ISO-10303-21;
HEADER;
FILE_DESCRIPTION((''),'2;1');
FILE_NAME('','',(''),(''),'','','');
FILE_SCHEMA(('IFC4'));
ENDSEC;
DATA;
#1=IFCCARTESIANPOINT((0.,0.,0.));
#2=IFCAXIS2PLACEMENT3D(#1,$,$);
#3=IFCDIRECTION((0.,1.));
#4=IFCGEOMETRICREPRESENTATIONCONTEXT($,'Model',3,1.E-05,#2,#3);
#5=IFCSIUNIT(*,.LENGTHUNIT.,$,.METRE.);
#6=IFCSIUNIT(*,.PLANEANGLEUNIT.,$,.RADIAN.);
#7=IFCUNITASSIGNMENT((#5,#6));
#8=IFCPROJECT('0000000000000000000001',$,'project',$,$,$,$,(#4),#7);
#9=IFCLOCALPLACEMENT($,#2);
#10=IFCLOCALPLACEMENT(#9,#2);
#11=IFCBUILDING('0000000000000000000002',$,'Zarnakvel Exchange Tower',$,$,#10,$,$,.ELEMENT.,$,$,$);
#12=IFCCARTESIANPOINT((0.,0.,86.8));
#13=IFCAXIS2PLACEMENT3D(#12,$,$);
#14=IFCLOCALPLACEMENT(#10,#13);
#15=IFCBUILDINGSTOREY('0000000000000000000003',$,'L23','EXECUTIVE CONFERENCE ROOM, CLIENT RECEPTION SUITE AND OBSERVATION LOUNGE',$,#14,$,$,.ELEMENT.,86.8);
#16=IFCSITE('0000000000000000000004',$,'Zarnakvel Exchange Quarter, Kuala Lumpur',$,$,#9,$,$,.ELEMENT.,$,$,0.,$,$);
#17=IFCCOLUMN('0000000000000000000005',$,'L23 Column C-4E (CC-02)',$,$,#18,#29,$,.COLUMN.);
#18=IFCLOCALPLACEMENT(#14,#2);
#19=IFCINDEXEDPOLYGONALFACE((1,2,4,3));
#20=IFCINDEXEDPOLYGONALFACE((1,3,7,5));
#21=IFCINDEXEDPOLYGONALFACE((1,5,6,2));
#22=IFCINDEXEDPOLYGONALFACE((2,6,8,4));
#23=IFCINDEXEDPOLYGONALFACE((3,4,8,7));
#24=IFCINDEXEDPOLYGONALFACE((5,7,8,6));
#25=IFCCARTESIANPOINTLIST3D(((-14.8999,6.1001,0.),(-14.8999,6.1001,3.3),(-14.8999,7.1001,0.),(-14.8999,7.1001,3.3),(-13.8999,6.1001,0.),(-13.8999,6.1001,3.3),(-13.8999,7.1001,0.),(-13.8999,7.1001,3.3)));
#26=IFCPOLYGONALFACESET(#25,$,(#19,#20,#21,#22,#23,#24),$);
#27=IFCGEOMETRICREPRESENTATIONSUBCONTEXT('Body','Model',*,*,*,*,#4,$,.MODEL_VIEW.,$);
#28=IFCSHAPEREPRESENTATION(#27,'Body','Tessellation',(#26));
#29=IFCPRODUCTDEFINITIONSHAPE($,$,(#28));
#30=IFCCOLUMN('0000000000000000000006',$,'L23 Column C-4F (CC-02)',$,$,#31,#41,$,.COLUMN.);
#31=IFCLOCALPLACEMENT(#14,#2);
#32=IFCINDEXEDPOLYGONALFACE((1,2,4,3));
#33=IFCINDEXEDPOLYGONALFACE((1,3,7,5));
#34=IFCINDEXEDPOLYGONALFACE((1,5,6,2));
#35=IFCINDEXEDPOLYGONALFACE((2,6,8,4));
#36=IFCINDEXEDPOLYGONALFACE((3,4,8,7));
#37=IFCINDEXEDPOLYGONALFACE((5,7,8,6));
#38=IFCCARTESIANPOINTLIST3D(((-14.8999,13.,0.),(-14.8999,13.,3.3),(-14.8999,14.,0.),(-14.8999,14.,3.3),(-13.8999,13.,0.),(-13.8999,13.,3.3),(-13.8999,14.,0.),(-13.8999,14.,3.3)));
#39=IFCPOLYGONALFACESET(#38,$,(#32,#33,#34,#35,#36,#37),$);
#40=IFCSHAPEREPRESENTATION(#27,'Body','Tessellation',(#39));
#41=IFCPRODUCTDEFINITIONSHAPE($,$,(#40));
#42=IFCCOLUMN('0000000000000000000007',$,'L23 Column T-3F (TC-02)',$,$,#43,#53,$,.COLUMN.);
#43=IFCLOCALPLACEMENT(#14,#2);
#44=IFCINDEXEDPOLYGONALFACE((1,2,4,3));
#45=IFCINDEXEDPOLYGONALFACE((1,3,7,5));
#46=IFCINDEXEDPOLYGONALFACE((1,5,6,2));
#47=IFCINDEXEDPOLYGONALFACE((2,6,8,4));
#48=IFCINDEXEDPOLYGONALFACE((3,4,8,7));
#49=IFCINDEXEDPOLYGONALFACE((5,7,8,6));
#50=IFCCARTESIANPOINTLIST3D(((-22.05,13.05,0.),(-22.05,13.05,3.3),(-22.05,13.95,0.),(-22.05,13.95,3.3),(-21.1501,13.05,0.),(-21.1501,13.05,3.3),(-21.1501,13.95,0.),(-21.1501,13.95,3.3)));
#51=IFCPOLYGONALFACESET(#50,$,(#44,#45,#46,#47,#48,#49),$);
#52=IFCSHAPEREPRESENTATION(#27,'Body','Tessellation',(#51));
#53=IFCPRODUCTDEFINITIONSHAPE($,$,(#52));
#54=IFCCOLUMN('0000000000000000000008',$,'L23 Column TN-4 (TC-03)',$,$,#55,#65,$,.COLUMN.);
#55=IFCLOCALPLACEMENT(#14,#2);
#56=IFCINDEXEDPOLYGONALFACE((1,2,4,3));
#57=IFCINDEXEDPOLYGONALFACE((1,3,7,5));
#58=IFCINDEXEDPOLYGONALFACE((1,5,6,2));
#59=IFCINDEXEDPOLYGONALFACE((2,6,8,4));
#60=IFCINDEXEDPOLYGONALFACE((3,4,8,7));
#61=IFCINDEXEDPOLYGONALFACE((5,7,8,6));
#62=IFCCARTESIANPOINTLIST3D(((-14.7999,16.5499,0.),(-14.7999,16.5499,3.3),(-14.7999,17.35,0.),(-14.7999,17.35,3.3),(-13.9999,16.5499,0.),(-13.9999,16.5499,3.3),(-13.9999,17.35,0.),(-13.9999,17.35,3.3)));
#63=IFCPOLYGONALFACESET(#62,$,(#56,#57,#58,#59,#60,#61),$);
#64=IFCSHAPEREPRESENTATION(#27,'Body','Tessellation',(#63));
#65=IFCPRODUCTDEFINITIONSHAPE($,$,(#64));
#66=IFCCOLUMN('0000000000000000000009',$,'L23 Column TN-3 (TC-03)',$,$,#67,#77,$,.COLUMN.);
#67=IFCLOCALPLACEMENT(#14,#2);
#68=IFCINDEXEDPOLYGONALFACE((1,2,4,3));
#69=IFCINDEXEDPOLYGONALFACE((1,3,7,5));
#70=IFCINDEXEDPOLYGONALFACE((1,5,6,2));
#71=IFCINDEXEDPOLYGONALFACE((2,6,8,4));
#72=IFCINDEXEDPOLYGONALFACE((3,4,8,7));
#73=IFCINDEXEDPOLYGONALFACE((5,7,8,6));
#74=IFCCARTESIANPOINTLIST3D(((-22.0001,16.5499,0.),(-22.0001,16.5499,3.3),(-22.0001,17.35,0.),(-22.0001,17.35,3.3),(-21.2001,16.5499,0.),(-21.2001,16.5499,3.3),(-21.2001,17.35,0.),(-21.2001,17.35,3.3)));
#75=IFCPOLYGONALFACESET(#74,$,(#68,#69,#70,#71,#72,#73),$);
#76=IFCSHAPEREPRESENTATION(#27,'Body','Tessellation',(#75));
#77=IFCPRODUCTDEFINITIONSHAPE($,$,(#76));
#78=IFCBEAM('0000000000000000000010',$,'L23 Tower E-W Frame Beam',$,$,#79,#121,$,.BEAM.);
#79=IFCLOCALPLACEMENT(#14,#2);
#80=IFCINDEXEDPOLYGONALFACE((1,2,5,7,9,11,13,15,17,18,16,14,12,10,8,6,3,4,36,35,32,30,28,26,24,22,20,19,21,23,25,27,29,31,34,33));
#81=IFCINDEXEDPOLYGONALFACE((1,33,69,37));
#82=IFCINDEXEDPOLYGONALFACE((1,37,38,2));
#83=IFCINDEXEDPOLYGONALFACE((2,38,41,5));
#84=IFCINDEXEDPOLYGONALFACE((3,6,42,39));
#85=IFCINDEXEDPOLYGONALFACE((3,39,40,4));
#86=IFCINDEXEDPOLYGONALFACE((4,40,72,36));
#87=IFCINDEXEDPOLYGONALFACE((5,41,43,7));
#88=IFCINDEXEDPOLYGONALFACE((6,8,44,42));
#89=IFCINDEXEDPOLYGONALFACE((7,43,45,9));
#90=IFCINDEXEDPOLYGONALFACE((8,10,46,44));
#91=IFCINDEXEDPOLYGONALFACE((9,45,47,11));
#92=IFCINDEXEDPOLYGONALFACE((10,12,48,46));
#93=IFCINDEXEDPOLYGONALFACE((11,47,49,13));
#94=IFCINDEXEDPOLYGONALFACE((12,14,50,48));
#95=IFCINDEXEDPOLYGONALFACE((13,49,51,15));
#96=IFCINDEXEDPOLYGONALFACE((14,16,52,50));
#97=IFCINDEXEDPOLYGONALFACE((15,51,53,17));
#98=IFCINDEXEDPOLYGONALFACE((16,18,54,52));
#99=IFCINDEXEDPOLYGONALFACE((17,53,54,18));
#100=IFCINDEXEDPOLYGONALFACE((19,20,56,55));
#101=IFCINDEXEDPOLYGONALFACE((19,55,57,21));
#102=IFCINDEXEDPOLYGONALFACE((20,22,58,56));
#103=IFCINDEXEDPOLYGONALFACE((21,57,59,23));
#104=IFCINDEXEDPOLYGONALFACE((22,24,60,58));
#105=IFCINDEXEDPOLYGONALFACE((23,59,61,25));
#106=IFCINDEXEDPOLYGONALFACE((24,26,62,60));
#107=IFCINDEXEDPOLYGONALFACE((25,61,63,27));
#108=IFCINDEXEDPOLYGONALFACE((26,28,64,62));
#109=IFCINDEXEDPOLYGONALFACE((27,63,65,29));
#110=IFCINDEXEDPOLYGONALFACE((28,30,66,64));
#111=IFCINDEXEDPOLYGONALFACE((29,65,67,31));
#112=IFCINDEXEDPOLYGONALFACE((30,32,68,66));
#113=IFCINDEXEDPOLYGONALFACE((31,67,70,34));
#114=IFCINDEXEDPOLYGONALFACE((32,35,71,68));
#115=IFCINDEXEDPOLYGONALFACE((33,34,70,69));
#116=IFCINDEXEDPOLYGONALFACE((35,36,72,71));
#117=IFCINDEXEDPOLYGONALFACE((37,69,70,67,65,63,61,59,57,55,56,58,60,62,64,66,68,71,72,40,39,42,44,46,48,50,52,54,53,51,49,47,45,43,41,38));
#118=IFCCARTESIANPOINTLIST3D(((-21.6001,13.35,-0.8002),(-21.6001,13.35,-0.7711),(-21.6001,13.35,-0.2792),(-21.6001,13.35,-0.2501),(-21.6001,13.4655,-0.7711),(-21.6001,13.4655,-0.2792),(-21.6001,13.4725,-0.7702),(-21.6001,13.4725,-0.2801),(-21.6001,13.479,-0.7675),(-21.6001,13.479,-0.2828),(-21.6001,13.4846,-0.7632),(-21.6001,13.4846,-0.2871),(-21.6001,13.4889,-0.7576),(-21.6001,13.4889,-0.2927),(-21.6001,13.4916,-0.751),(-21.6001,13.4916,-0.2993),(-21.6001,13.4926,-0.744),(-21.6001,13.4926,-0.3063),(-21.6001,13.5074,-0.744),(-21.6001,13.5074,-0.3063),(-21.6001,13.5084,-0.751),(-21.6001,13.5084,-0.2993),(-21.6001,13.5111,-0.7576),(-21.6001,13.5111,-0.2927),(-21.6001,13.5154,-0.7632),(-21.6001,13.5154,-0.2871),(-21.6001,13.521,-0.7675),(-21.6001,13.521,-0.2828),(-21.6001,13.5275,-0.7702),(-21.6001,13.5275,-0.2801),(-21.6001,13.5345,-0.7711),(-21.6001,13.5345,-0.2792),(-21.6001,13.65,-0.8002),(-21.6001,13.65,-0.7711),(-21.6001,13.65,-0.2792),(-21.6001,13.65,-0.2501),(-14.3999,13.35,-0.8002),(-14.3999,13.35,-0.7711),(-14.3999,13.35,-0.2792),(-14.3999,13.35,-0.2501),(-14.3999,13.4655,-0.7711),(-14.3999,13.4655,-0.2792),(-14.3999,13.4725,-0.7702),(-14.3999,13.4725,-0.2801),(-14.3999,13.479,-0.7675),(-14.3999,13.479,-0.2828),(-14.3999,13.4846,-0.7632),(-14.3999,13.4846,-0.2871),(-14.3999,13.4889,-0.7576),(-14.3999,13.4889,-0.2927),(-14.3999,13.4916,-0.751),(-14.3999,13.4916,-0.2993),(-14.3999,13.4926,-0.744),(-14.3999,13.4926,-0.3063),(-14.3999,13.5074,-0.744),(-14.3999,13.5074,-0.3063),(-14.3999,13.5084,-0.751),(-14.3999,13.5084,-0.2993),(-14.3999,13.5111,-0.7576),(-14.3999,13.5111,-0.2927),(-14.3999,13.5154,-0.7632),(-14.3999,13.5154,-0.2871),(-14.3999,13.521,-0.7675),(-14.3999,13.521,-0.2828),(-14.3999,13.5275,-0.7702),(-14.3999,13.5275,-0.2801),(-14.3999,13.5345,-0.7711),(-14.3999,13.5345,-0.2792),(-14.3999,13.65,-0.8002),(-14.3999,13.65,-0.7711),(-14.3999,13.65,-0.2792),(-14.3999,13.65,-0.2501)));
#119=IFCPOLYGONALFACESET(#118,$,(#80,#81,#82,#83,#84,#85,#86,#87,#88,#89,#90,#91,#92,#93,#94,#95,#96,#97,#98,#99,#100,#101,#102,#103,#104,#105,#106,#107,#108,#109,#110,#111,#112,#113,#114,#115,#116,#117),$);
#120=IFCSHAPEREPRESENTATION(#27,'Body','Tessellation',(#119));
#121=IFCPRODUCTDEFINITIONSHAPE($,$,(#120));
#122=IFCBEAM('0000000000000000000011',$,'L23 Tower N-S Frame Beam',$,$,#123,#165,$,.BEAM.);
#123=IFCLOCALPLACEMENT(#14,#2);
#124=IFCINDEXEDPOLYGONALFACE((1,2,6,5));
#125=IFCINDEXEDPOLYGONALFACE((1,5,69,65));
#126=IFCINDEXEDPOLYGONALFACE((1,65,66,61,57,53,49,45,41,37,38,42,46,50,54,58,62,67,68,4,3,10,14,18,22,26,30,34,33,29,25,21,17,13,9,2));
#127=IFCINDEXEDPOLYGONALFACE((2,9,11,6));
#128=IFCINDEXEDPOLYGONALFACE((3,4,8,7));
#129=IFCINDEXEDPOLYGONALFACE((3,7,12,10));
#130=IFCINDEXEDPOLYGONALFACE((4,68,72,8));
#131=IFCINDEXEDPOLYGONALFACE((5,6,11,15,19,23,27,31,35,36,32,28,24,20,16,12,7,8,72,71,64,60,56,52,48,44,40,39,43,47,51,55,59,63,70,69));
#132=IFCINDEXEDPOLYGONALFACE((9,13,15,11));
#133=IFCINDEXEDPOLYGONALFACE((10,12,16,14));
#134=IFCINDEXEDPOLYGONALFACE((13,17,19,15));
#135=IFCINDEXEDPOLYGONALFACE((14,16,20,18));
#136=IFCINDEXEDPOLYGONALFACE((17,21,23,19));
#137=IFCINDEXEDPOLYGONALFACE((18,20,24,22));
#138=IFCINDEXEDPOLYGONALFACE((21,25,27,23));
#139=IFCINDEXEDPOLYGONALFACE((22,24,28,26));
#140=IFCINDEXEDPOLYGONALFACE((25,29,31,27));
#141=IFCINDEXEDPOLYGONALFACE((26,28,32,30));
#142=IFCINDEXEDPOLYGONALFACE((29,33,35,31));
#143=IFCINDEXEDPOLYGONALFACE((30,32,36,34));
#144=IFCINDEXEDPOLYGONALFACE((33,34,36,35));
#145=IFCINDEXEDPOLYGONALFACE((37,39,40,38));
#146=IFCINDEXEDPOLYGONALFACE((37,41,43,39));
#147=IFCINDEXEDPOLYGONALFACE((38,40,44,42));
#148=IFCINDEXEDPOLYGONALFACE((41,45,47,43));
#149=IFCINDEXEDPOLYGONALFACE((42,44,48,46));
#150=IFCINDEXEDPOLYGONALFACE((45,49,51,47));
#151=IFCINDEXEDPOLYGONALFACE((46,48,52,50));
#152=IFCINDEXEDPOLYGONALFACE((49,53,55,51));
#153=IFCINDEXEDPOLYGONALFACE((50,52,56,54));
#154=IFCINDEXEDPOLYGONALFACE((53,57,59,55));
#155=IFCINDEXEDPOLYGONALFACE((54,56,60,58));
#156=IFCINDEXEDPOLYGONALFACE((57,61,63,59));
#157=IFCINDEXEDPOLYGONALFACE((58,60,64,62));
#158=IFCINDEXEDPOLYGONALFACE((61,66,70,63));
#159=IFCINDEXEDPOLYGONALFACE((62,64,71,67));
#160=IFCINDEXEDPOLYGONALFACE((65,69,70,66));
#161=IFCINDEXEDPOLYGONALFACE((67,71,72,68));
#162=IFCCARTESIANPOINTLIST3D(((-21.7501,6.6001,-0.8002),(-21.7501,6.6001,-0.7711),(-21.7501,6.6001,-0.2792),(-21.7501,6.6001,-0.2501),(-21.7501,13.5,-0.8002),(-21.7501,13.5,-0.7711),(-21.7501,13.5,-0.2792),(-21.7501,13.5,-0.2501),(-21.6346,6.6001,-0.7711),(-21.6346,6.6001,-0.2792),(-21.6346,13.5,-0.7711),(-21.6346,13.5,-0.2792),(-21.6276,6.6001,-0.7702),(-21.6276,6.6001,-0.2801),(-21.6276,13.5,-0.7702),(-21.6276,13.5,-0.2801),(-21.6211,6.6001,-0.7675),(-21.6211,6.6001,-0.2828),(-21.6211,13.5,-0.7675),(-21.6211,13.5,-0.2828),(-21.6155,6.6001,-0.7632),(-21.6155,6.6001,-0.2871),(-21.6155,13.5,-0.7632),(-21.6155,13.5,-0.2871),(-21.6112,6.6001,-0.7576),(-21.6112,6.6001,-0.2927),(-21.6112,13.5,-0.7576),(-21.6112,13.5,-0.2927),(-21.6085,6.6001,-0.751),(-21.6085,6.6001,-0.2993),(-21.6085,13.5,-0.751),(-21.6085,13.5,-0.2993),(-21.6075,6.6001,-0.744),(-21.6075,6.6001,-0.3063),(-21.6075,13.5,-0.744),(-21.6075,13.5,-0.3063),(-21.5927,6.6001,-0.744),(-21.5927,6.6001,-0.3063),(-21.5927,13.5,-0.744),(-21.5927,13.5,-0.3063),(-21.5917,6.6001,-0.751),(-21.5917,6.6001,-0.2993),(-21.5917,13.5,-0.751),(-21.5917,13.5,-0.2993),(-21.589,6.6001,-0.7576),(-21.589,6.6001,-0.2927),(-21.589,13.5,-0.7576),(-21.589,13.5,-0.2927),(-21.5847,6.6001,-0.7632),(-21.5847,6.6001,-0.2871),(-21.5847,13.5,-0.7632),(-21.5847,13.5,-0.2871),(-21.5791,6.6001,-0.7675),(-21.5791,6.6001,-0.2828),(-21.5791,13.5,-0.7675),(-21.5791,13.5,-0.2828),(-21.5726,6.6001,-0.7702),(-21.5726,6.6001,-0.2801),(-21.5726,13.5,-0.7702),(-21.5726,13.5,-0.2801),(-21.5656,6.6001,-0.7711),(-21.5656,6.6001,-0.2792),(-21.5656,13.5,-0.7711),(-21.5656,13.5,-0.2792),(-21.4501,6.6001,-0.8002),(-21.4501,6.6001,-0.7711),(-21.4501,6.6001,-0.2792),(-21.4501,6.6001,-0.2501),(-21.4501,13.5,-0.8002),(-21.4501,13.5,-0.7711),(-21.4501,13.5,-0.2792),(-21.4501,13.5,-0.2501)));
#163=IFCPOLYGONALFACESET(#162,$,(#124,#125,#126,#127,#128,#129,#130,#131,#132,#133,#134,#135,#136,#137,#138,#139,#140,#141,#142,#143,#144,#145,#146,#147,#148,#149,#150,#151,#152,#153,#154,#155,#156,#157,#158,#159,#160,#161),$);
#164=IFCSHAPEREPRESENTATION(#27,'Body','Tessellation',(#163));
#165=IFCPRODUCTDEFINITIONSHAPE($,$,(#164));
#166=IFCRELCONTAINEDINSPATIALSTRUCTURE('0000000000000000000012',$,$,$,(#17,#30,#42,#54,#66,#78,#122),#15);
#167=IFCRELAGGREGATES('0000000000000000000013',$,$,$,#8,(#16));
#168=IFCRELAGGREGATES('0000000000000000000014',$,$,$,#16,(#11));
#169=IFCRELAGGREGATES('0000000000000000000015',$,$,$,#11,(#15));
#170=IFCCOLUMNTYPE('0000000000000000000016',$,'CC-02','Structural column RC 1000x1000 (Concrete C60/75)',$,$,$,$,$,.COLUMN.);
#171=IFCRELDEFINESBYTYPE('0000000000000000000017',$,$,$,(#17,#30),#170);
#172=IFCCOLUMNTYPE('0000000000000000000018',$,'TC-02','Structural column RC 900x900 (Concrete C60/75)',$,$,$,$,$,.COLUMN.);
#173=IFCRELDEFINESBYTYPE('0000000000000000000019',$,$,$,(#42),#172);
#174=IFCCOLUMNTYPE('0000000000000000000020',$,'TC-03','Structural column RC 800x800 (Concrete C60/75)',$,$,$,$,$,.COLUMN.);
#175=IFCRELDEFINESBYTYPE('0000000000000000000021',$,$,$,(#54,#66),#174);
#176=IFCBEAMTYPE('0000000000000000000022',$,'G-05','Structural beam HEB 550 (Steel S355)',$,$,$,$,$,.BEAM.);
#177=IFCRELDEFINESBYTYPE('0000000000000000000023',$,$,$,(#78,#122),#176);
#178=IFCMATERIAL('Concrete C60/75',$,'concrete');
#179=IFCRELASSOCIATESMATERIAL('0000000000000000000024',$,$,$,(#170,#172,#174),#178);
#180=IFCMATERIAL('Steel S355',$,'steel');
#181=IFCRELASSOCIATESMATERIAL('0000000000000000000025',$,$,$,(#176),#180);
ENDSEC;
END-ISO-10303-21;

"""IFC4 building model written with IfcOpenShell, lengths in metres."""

from ifc_helpers import new_model, si_unit, direction, frame, origin, origin_2d, place, context, subcontext, project, spatial, rectangle, i_section, extrude, material, material_profile, profile_set, type_object, element, save


model = new_model("IFC4")

# Units and contexts
model_context = context("Model", 3, precision=1e-05, world=origin(), true_north=direction((0.0, 1.0)))
body_context = subcontext(model_context, "Body", "Model", "MODEL_VIEW")
ifc_project = project(units=[si_unit("LENGTHUNIT", "METRE"), si_unit("PLANEANGLEUNIT", "RADIAN")], contexts=[model_context])

# Site, building, storey
site_placement = place(None, origin())
site = spatial("IfcSite", under=ifc_project, at=site_placement, Name="Zarnakvel Exchange Quarter, Kuala Lumpur", CompositionType="ELEMENT", RefElevation=0.0)
building_placement = place(site_placement, origin())
building = spatial("IfcBuilding", under=site, at=building_placement, Name="Zarnakvel Exchange Tower", CompositionType="ELEMENT")
storey_placement = place(building_placement, frame((0.0, 0.0, 86.8)))
storey = spatial("IfcBuildingStorey", under=building, at=storey_placement, Name="L23", Description="EXECUTIVE CONFERENCE ROOM, CLIENT RECEPTION SUITE AND OBSERVATION LOUNGE", CompositionType="ELEMENT", Elevation=86.8)

# Columns
ifc_material_1 = material(Name="Concrete C60/75", Category="concrete")
ifc_material_profile_1 = material_profile(ifc_material_1, rectangle(XDim=1.0, YDim=1.0, at=origin_2d()))
ifc_profile_set_1 = profile_set([ifc_material_profile_1], Name="Concrete C60/75")
column_type_1 = type_object("IfcColumnType", Name="CC-02", Description="Structural column RC 1000x1000 (Concrete C60/75)", PredefinedType="COLUMN", material=ifc_profile_set_1)
for number, where, z_axis, x_axis, name in (
    (1, (-14.3999, 6.6001, 0.0), (0.0, 0.0, 1.0), (1.0, 0.0, 0.0), "L23 Column C-4E (CC-02)"),
    (2, (-14.3999, 13.5, 0.0), (0.0, 0.0, 1.0), (1.0, 0.0, 0.0), "L23 Column C-4F (CC-02)"),
):
    element("IfcColumn", number, at=place(storey_placement, frame(where, z_axis=z_axis, x_axis=x_axis)), inside=storey, type_object=column_type_1, Name=name, PredefinedType="COLUMN", context=body_context, shape_type="SweptSolid", body=[
        extrude(rectangle(XDim=1.0, YDim=1.0, at=origin_2d()), origin(), (0.0, 0.0, 1.0), 3.3),
    ])
ifc_material_profile_2 = material_profile(ifc_material_1, rectangle(XDim=0.8999, YDim=0.8999, at=origin_2d()))
ifc_profile_set_2 = profile_set([ifc_material_profile_2], Name="Concrete C60/75")
column_type_2 = type_object("IfcColumnType", Name="TC-02", Description="Structural column RC 900x900 (Concrete C60/75)", PredefinedType="COLUMN", material=ifc_profile_set_2)
column_placement = place(storey_placement, frame((-21.6001, 13.5, 0.0), z_axis=(0.0, 0.0, 1.0), x_axis=(1.0, 0.0, 0.0)))
element("IfcColumn", 3, at=column_placement, inside=storey, type_object=column_type_2, Name="L23 Column T-3F (TC-02)", PredefinedType="COLUMN", context=body_context, shape_type="SweptSolid", body=[
    extrude(rectangle(XDim=0.8999, YDim=0.8999, at=origin_2d()), origin(), (0.0, 0.0, 1.0), 3.3),
])
ifc_material_profile_3 = material_profile(ifc_material_1, rectangle(XDim=0.8, YDim=0.8, at=origin_2d()))
ifc_profile_set_3 = profile_set([ifc_material_profile_3], Name="Concrete C60/75")
column_type_3 = type_object("IfcColumnType", Name="TC-03", Description="Structural column RC 800x800 (Concrete C60/75)", PredefinedType="COLUMN", material=ifc_profile_set_3)
for number, where, z_axis, x_axis, name in (
    (4, (-14.3999, 16.95, 0.0), (0.0, 0.0, 1.0), (1.0, 0.0, 0.0), "L23 Column TN-4 (TC-03)"),
    (5, (-21.6001, 16.95, 0.0), (0.0, 0.0, 1.0), (1.0, 0.0, 0.0), "L23 Column TN-3 (TC-03)"),
):
    element("IfcColumn", number, at=place(storey_placement, frame(where, z_axis=z_axis, x_axis=x_axis)), inside=storey, type_object=column_type_3, Name=name, PredefinedType="COLUMN", context=body_context, shape_type="SweptSolid", body=[
        extrude(rectangle(XDim=0.8, YDim=0.8, at=origin_2d()), origin(), (0.0, 0.0, 1.0), 3.3),
    ])

# Beams
ifc_material_2 = material(Name="Steel S355", Category="steel")
ifc_material_profile_4 = material_profile(ifc_material_2, i_section(OverallWidth=0.3, OverallDepth=0.55, WebThickness=0.0149, FlangeThickness=0.0291, FilletRadius=0.0271, at=origin_2d()))
ifc_profile_set_4 = profile_set([ifc_material_profile_4], Name="Steel S355")
beam_type_1 = type_object("IfcBeamType", Name="G-05", Description="Structural beam HEB 550 (Steel S355)", PredefinedType="BEAM", material=ifc_profile_set_4)
beam_1_placement = place(storey_placement, frame((-21.6001, 13.5, -0.5251), z_axis=(1.0, 0.0, 0.0), x_axis=(0.0, 1.0, 0.0)))
element("IfcBeam", 6, at=beam_1_placement, inside=storey, type_object=beam_type_1, Name="L23 Tower E-W Frame Beam", PredefinedType="BEAM", context=body_context, shape_type="SweptSolid", body=[
    extrude(i_section(OverallWidth=0.3, OverallDepth=0.55, WebThickness=0.0149, FlangeThickness=0.0291, FilletRadius=0.0271, at=origin_2d()), origin(), (0.0, 0.0, 1.0), 7.2002),
])
beam_2_placement = place(storey_placement, frame((-21.6001, 6.6001, -0.5251), z_axis=(0.0, 1.0, 0.0), x_axis=(-1.0, 0.0, 0.0)))
element("IfcBeam", 7, at=beam_2_placement, inside=storey, type_object=beam_type_1, Name="L23 Tower N-S Frame Beam", PredefinedType="BEAM", context=body_context, shape_type="SweptSolid", body=[
    extrude(i_section(OverallWidth=0.3, OverallDepth=0.55, WebThickness=0.0149, FlangeThickness=0.0291, FilletRadius=0.0271, at=origin_2d()), origin(), (0.0, 0.0, 1.0), 6.8999),
])

save(model, "model.ifc")
